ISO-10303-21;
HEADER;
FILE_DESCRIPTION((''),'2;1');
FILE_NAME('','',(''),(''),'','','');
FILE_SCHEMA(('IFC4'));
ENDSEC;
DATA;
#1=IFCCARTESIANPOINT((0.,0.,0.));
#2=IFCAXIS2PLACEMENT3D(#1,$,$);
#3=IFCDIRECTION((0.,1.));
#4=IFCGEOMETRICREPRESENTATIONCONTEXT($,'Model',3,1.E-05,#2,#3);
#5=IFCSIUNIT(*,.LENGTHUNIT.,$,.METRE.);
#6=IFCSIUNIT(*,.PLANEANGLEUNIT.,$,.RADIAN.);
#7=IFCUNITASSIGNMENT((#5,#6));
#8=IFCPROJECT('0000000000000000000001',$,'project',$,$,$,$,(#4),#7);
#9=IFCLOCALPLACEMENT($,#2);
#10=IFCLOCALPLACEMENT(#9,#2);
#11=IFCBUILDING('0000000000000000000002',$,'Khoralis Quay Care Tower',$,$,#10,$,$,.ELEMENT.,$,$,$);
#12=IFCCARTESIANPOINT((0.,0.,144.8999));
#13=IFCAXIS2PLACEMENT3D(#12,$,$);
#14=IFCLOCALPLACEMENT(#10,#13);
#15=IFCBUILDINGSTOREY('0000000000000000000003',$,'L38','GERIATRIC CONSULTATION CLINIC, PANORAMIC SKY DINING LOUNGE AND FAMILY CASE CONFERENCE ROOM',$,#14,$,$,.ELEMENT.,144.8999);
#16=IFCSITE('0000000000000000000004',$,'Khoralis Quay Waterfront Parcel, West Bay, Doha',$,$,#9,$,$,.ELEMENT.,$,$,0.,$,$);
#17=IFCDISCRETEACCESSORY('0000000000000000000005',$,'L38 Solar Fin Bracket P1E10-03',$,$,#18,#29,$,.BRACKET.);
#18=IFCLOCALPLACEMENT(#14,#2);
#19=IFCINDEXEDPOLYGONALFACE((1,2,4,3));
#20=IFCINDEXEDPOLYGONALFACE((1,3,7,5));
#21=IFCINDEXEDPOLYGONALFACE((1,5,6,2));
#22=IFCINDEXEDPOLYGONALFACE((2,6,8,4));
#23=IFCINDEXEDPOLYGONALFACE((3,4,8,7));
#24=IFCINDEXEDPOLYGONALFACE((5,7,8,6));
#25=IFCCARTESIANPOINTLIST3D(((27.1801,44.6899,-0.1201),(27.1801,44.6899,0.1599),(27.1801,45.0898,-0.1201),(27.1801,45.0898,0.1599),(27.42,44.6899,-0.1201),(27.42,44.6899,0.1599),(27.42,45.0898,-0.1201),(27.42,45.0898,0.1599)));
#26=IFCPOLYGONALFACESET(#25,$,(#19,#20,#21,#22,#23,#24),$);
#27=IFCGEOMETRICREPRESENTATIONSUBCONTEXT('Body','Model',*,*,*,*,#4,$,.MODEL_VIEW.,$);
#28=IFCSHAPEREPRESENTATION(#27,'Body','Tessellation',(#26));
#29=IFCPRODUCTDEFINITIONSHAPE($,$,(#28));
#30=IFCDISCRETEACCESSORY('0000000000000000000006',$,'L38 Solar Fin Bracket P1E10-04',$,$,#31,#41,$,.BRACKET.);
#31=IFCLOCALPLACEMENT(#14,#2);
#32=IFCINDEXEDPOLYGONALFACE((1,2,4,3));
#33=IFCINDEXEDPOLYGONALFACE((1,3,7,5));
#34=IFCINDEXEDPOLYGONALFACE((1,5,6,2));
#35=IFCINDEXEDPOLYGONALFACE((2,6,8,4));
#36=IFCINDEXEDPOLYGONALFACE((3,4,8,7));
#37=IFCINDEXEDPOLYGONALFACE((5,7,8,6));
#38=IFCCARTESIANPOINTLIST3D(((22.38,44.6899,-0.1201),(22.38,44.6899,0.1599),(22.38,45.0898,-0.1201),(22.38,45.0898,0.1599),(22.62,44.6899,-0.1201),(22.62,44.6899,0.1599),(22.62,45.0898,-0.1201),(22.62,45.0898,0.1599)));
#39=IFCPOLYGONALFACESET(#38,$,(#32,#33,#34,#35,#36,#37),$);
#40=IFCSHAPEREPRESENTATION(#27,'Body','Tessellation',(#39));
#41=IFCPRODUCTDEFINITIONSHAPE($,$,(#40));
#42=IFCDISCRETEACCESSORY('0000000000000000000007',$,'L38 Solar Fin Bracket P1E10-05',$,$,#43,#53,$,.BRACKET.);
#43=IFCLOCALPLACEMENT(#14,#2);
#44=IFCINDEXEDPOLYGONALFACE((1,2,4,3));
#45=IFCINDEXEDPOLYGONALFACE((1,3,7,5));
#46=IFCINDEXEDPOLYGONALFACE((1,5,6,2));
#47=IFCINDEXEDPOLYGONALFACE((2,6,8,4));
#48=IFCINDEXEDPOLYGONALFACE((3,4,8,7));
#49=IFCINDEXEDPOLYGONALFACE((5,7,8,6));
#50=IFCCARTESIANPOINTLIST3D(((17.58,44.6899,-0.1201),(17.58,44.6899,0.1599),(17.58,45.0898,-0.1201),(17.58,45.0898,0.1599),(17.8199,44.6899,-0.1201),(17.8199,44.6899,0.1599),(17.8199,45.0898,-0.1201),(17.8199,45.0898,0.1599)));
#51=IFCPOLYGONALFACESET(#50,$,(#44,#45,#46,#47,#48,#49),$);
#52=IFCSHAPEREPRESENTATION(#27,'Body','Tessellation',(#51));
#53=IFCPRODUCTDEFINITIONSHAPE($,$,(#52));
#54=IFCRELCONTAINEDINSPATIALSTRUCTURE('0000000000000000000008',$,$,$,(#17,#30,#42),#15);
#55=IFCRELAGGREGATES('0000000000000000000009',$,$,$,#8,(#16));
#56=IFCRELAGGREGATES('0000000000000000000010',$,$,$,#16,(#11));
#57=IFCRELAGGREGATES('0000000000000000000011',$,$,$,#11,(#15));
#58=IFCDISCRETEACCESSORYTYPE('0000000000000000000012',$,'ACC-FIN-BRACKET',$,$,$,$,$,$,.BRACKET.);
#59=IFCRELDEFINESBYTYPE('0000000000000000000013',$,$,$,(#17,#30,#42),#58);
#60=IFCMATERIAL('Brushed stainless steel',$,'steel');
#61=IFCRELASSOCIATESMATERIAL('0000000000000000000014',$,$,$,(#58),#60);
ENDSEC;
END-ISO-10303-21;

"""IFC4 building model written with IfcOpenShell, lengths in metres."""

from ifc_helpers import new_model, si_unit, direction, frame, origin, origin_2d, place, context, subcontext, project, spatial, rectangle, extrude, source, transform, mapped, material, type_object, element, save


model = new_model("IFC4")

# Units and contexts
model_context = context("Model", 3, precision=1e-05, world=origin(), true_north=direction((0.0, 1.0)))
body_context = subcontext(model_context, "Body", "Model", "MODEL_VIEW")
ifc_project = project(units=[si_unit("LENGTHUNIT", "METRE"), si_unit("PLANEANGLEUNIT", "RADIAN")], contexts=[model_context])

# Site, building, storey
site_placement = place(None, origin())
site = spatial("IfcSite", under=ifc_project, at=site_placement, Name="Khoralis Quay Waterfront Parcel, West Bay, Doha", CompositionType="ELEMENT", RefElevation=0.0)
building_placement = place(site_placement, origin())
building = spatial("IfcBuilding", under=site, at=building_placement, Name="Khoralis Quay Care Tower", CompositionType="ELEMENT")
storey_placement = place(building_placement, frame((0.0, 0.0, 144.8999)))
storey = spatial("IfcBuildingStorey", under=building, at=storey_placement, Name="L38", Description="GERIATRIC CONSULTATION CLINIC, PANORAMIC SKY DINING LOUNGE AND FAMILY CASE CONFERENCE ROOM", CompositionType="ELEMENT", Elevation=144.8999)

# Discrete accessories
ifc_material_1 = material(Name="Brushed stainless steel", Category="steel")
discrete_accessory_type = type_object("IfcDiscreteAccessoryType", Name="ACC-FIN-BRACKET", PredefinedType="BRACKET", material=ifc_material_1)
shared_shape_1 = source(origin(), body_context, "Body", "SweptSolid", [
    extrude(rectangle(XDim=0.3999, YDim=0.24, at=origin_2d()), origin(), (0.0, 0.0, 1.0), 0.28),
])
for number, where, z_axis, x_axis, name in (
    (1, (27.3, 44.8899, -0.1201), (0.0, 0.0, 1.0), (0.0, 1.0, 0.0), "L38 Solar Fin Bracket P1E10-03"),
    (2, (22.5, 44.8899, -0.1201), (0.0, 0.0, 1.0), (0.0, 1.0, 0.0), "L38 Solar Fin Bracket P1E10-04"),
    (3, (17.7, 44.8899, -0.1201), (0.0, 0.0, 1.0), (0.0, 1.0, 0.0), "L38 Solar Fin Bracket P1E10-05"),
):
    element("IfcDiscreteAccessory", number, at=place(storey_placement, frame(where, z_axis=z_axis, x_axis=x_axis)), inside=storey, type_object=discrete_accessory_type, Name=name, PredefinedType="BRACKET", context=body_context, shape_type="MappedRepresentation", body=[
        mapped(shared_shape_1, transform((0.0, 0.0, 0.0), scale=1.0)),
    ])

save(model, "model.ifc")
